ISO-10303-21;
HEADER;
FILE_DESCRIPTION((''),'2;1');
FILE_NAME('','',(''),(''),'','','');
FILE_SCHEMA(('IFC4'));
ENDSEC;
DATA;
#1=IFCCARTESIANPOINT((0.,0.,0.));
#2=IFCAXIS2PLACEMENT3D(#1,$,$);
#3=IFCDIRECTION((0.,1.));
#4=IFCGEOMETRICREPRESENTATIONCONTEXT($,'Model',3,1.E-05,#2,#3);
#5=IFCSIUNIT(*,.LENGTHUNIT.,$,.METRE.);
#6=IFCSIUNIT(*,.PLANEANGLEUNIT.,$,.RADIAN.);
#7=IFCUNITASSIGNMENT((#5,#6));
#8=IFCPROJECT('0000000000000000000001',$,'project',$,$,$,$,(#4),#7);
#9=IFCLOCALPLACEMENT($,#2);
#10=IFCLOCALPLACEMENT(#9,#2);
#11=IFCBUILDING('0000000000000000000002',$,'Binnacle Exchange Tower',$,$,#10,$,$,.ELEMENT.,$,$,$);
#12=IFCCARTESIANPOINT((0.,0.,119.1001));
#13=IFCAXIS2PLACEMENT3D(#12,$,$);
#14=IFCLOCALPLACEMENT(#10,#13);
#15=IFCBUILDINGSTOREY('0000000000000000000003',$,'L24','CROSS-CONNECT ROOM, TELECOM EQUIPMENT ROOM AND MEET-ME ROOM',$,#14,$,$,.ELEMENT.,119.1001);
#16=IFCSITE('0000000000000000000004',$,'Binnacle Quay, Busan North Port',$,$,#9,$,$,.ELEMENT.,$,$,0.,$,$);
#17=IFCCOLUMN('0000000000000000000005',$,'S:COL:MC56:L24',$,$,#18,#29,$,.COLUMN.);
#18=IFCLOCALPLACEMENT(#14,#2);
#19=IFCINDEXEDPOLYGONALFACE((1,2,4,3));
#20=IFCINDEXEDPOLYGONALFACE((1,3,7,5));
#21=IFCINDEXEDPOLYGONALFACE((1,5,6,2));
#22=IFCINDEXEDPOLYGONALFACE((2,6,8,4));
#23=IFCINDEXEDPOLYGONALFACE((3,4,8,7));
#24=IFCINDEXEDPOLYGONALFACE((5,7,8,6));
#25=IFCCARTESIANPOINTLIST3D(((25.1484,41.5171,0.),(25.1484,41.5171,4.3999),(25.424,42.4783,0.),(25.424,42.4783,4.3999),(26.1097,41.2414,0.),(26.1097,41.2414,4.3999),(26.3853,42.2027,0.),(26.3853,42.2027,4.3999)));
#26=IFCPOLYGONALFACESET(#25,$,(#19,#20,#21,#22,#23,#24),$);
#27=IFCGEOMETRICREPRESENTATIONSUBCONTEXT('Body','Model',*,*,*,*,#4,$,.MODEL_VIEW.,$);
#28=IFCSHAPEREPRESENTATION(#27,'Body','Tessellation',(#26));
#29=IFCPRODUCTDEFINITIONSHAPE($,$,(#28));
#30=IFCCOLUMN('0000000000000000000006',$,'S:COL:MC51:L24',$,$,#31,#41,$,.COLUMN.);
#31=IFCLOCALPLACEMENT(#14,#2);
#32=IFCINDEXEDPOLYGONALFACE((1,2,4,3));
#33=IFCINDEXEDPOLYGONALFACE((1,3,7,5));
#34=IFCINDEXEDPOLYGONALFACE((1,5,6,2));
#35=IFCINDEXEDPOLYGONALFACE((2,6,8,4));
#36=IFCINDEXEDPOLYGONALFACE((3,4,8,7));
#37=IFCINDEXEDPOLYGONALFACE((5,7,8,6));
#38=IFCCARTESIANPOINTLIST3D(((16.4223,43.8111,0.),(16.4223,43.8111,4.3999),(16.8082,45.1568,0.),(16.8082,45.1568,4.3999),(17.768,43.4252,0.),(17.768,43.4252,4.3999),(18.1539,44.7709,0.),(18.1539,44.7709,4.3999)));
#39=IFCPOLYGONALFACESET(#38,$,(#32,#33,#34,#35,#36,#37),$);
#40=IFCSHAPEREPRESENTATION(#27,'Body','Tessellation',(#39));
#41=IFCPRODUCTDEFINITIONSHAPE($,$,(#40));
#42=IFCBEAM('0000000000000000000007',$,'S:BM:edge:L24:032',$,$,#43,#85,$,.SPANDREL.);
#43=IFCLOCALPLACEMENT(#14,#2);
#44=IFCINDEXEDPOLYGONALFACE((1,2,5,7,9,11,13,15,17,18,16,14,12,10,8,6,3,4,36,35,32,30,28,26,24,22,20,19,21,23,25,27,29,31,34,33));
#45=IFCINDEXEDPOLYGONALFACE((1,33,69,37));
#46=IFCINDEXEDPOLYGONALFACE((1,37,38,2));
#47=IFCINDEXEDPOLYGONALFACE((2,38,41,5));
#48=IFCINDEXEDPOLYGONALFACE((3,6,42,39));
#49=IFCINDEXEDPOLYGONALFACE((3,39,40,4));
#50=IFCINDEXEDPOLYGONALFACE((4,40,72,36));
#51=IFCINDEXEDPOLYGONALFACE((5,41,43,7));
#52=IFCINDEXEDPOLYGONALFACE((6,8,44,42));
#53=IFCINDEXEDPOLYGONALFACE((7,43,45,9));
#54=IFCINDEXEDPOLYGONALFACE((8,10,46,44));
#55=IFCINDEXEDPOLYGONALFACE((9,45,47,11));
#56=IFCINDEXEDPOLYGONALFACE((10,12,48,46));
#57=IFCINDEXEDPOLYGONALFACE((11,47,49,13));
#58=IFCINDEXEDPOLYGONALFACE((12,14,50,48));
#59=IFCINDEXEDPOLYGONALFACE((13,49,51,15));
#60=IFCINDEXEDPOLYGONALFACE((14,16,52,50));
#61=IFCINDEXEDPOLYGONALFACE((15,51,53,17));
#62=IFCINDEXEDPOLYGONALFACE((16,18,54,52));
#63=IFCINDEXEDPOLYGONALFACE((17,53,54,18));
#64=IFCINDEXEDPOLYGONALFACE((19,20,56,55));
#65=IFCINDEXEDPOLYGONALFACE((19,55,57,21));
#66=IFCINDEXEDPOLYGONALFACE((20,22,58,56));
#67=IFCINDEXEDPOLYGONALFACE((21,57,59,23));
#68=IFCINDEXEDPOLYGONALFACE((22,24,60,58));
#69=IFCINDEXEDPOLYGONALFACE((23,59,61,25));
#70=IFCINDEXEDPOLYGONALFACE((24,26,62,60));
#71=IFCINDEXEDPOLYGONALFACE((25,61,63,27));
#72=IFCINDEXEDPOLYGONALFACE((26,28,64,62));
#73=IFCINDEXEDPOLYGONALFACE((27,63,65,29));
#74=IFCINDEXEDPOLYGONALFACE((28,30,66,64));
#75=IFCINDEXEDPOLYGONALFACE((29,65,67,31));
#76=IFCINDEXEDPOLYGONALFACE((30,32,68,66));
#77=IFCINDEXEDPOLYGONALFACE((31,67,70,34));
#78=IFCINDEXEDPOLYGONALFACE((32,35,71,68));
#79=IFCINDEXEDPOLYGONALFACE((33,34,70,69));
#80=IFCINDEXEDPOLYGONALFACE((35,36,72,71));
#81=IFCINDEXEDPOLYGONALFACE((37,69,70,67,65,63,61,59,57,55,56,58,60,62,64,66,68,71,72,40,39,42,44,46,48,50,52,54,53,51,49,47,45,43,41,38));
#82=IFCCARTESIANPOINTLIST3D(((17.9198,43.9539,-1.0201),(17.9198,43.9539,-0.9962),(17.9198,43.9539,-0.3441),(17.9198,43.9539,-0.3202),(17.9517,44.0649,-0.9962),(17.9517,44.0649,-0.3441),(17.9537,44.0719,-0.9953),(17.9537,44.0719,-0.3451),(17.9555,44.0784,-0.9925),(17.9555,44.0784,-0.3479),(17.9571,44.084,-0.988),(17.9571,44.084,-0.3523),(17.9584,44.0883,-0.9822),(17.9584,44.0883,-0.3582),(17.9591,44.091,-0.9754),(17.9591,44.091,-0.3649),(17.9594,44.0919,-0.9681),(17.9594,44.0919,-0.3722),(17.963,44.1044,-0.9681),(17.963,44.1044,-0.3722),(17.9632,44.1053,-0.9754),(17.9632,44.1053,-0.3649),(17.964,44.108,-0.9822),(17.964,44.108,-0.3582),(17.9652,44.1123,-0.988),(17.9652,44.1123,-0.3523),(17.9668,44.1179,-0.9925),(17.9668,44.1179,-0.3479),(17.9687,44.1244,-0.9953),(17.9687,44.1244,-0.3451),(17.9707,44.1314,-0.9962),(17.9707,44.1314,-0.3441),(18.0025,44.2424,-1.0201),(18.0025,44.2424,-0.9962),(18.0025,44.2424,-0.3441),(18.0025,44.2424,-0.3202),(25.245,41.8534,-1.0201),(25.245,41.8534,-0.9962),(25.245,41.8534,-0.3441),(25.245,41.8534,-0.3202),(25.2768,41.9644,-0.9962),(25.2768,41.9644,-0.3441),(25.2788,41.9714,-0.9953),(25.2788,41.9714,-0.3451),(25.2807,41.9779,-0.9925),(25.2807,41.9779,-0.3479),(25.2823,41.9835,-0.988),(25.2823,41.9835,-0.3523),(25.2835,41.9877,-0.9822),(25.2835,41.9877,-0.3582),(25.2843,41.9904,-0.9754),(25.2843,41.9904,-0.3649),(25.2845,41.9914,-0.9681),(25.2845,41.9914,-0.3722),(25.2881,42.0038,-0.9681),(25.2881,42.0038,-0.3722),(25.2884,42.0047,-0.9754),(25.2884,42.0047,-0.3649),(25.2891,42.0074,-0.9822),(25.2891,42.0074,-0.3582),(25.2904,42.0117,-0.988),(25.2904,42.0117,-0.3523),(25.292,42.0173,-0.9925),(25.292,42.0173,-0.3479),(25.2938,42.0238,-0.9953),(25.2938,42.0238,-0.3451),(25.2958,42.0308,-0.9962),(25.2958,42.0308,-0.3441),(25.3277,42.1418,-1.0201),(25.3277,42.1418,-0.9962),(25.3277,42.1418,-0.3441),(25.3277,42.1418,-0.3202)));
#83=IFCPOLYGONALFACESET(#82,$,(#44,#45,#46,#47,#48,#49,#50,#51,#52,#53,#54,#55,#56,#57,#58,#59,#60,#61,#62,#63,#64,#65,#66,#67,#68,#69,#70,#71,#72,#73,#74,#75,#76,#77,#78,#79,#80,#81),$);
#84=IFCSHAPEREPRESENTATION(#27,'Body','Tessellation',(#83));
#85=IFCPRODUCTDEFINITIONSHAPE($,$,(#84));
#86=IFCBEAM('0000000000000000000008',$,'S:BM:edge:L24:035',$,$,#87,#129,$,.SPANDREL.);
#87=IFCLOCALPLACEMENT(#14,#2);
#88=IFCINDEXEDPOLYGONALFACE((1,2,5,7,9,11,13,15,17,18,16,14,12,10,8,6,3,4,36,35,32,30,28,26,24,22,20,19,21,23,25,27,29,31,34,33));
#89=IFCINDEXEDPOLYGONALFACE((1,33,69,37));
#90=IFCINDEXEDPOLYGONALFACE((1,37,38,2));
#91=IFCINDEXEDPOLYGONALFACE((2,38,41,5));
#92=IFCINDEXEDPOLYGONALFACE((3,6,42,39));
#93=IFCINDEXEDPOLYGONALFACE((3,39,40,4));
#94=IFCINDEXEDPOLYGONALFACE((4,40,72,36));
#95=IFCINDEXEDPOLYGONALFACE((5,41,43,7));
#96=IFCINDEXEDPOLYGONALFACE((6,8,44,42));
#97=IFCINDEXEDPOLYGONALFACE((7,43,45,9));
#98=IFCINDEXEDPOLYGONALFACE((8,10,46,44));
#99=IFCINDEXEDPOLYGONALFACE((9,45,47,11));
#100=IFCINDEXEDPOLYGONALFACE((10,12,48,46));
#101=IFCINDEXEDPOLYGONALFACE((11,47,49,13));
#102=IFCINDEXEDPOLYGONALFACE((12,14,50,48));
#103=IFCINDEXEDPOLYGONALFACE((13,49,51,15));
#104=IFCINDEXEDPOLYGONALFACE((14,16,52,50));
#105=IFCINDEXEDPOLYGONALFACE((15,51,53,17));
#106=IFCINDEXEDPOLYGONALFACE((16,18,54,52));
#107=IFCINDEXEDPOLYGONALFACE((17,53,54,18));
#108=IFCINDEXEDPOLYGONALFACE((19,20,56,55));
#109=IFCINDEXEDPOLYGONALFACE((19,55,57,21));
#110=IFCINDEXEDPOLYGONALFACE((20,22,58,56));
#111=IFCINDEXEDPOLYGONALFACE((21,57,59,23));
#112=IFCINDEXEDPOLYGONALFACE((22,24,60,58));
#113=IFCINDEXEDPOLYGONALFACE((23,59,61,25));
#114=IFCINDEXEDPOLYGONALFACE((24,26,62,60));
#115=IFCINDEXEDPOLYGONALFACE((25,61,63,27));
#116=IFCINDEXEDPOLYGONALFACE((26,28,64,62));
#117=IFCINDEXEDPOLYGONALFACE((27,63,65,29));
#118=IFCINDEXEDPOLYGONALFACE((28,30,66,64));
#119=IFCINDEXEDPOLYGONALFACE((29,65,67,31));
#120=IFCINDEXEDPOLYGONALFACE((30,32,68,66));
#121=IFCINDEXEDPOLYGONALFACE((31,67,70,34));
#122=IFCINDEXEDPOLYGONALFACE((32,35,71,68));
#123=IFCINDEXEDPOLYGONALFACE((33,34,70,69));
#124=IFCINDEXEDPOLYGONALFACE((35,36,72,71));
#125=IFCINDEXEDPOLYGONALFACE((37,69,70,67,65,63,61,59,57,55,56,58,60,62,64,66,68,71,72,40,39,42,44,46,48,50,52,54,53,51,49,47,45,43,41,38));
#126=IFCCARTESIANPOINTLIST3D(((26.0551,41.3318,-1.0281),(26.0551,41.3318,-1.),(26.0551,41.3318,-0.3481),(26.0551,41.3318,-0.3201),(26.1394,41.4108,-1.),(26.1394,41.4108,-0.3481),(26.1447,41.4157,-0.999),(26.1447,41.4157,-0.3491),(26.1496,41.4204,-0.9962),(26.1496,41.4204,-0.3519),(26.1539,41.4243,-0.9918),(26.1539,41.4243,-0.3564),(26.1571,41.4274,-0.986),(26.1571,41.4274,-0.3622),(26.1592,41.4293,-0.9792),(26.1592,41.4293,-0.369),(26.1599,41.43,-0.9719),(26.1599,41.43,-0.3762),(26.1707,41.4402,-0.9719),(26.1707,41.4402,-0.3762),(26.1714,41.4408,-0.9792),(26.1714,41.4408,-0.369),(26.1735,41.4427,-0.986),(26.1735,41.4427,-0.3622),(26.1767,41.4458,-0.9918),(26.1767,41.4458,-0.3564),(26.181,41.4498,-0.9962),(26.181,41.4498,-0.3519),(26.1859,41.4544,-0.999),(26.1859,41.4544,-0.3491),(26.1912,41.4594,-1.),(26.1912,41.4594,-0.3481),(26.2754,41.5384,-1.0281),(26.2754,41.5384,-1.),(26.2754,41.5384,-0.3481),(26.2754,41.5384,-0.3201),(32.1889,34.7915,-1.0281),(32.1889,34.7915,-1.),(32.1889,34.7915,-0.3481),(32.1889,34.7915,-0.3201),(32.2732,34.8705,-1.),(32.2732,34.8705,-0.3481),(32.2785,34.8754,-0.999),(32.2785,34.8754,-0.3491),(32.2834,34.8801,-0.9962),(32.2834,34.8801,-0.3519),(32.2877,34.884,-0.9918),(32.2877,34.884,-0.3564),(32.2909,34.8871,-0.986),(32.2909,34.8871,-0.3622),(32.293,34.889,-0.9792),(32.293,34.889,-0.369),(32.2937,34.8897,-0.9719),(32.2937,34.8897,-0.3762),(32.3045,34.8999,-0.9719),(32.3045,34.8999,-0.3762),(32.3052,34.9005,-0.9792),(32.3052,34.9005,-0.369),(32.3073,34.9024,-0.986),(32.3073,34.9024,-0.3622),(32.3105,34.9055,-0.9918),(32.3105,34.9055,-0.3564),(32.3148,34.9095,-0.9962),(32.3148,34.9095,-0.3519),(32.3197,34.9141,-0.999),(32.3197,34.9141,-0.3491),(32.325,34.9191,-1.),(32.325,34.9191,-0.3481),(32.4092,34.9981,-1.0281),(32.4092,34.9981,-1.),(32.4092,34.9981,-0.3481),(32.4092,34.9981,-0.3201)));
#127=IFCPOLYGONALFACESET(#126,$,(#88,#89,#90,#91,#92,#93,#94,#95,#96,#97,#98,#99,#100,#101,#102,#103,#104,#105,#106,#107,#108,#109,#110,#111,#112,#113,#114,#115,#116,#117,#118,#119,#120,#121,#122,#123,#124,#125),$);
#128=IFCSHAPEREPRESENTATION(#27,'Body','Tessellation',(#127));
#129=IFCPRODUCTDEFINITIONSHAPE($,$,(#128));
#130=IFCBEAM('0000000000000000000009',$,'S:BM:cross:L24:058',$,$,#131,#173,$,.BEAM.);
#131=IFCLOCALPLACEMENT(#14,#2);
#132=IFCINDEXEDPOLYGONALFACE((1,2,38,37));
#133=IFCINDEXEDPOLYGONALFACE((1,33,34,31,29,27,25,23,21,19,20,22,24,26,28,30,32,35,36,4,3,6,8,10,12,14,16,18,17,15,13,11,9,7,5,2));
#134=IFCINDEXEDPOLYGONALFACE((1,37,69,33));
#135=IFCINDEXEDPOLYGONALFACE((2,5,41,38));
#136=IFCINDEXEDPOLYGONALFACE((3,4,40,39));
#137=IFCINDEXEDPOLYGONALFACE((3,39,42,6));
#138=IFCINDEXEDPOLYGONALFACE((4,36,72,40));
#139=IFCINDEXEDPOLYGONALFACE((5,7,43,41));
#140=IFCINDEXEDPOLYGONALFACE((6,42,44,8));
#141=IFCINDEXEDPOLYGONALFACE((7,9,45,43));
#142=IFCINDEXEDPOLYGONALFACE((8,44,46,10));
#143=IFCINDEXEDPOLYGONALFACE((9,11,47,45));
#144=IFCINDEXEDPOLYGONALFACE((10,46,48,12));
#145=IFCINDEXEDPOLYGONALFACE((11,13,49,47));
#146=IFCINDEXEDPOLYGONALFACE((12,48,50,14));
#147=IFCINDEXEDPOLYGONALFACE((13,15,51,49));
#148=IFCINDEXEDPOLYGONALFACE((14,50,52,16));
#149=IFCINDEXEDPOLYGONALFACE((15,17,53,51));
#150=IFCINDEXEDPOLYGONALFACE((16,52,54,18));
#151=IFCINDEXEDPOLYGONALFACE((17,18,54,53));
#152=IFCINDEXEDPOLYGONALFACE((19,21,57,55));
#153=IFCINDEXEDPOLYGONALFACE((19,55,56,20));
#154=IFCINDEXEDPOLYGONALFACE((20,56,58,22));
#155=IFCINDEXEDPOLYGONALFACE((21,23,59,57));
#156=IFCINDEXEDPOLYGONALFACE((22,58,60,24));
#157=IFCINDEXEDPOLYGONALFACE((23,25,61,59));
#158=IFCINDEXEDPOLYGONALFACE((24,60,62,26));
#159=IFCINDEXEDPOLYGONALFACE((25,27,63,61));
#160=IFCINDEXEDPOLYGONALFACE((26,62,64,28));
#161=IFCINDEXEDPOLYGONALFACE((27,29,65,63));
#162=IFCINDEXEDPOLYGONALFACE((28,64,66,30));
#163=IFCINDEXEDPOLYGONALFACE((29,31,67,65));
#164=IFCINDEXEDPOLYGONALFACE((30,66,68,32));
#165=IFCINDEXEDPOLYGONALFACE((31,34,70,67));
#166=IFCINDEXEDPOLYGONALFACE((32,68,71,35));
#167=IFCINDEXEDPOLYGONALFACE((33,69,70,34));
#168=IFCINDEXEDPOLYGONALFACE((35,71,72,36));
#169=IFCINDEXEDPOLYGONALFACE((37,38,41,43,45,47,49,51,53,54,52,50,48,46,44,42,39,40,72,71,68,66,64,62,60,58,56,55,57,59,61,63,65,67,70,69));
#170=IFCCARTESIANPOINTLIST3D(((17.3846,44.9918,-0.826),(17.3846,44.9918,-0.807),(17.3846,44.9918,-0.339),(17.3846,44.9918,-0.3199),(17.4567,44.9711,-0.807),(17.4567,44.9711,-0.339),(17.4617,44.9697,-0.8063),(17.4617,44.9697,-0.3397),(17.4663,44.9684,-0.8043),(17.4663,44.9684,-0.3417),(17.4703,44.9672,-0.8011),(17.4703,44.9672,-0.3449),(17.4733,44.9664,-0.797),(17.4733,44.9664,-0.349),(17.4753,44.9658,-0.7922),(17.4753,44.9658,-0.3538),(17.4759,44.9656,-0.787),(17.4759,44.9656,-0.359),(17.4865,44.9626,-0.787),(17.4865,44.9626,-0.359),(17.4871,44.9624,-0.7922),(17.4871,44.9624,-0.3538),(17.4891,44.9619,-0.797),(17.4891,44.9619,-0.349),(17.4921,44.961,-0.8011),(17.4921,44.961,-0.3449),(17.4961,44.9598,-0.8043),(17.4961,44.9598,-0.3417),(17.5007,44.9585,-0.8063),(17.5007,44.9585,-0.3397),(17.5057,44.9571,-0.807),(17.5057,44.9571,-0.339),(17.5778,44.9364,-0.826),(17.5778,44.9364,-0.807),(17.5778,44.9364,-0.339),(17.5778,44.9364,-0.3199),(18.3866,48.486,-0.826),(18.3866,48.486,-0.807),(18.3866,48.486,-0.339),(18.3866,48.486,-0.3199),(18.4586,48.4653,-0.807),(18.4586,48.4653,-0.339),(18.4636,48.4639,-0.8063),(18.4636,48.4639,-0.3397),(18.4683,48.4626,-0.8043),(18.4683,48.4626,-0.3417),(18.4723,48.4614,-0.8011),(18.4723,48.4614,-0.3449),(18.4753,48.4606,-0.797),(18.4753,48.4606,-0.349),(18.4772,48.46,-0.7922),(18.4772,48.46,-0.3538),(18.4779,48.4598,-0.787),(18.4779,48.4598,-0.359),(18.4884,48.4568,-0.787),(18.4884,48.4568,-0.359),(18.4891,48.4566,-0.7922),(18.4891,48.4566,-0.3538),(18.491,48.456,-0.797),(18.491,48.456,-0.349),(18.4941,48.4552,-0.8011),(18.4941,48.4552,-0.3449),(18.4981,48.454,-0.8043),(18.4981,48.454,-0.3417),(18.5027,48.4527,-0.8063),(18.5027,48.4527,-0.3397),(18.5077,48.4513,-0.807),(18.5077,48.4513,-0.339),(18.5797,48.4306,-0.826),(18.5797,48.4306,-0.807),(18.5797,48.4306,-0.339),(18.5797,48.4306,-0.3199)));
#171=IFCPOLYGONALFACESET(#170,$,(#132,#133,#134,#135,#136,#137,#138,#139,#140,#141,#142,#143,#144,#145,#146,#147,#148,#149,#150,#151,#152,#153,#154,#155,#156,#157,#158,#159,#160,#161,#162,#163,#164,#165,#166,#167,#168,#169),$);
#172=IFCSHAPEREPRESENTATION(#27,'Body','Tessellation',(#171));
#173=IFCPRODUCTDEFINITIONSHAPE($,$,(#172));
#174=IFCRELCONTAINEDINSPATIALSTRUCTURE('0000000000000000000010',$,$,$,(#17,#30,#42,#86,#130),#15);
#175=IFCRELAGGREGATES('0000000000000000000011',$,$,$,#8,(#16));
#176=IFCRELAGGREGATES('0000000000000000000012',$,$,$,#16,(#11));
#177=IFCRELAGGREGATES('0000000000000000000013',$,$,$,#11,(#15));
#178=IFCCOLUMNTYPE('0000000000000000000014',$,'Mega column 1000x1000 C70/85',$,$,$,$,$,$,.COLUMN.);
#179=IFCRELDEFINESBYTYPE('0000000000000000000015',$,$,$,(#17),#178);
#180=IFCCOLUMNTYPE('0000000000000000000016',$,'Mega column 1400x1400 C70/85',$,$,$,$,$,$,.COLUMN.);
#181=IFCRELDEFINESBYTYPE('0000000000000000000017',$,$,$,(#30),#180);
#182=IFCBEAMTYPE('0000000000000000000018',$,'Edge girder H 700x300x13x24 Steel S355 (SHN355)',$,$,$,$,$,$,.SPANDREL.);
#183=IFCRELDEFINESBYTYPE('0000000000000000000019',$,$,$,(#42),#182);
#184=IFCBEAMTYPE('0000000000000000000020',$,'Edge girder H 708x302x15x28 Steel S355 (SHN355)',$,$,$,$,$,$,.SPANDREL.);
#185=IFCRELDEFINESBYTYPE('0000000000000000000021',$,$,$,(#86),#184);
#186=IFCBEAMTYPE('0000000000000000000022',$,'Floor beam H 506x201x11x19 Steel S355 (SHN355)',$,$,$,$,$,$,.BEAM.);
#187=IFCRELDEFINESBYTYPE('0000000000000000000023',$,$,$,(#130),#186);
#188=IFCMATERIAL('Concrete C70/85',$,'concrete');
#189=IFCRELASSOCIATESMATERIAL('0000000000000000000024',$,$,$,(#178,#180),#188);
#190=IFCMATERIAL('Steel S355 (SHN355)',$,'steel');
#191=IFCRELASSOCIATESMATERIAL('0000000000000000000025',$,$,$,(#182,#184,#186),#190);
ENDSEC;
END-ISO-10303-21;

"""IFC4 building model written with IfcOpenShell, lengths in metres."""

from ifc_helpers import new_model, si_unit, direction, frame, origin, origin_2d, place, context, subcontext, project, spatial, rectangle, i_section, extrude, material, material_profile, profile_set, type_object, element, save


model = new_model("IFC4")

# Units and contexts
model_context = context("Model", 3, precision=1e-05, world=origin(), true_north=direction((0.0, 1.0)))
body_context = subcontext(model_context, "Body", "Model", "MODEL_VIEW")
ifc_project = project(units=[si_unit("LENGTHUNIT", "METRE"), si_unit("PLANEANGLEUNIT", "RADIAN")], contexts=[model_context])

# Site, building, storey
site_placement = place(None, origin())
site = spatial("IfcSite", under=ifc_project, at=site_placement, Name="Binnacle Quay, Busan North Port", CompositionType="ELEMENT", RefElevation=0.0)
building_placement = place(site_placement, origin())
building = spatial("IfcBuilding", under=site, at=building_placement, Name="Binnacle Exchange Tower", CompositionType="ELEMENT")
storey_placement = place(building_placement, frame((0.0, 0.0, 119.1001)))
storey = spatial("IfcBuildingStorey", under=building, at=storey_placement, Name="L24", Description="CROSS-CONNECT ROOM, TELECOM EQUIPMENT ROOM AND MEET-ME ROOM", CompositionType="ELEMENT", Elevation=119.1001)

# Columns
ifc_material_1 = material(Name="Concrete C70/85", Category="concrete")
ifc_material_profile_1 = material_profile(ifc_material_1, rectangle(XDim=1.0, YDim=1.0, at=origin_2d()), Name="Mega column 1000x1000 C70/85")
ifc_profile_set_1 = profile_set([ifc_material_profile_1], Name="Concrete C70/85")
column_type_1 = type_object("IfcColumnType", Name="Mega column 1000x1000 C70/85", PredefinedType="COLUMN", material=ifc_profile_set_1)
column_1_placement = place(storey_placement, frame((25.7668, 41.8599, 0.0), z_axis=(0.0, 0.0, 1.0), x_axis=(0.961262, -0.275637, 0.0)))
element("IfcColumn", 1, at=column_1_placement, inside=storey, type_object=column_type_1, Name="S:COL:MC56:L24", PredefinedType="COLUMN", context=body_context, shape_type="SweptSolid", body=[
    extrude(rectangle(XDim=1.0, YDim=1.0, at=origin_2d()), origin(), (0.0, 0.0, 1.0), 4.3999),
])
ifc_material_profile_2 = material_profile(ifc_material_1, rectangle(XDim=1.3999, YDim=1.3999, at=origin_2d()), Name="Mega column 1400x1400 C70/85")
ifc_profile_set_2 = profile_set([ifc_material_profile_2], Name="Concrete C70/85")
column_type_2 = type_object("IfcColumnType", Name="Mega column 1400x1400 C70/85", PredefinedType="COLUMN", material=ifc_profile_set_2)
column_2_placement = place(storey_placement, frame((17.2881, 44.291, 0.0), z_axis=(0.0, 0.0, 1.0), x_axis=(0.961262, -0.275637, 0.0)))
element("IfcColumn", 2, at=column_2_placement, inside=storey, type_object=column_type_2, Name="S:COL:MC51:L24", PredefinedType="COLUMN", context=body_context, shape_type="SweptSolid", body=[
    extrude(rectangle(XDim=1.3999, YDim=1.3999, at=origin_2d()), origin(), (0.0, 0.0, 1.0), 4.3999),
])

# Beams
ifc_material_2 = material(Name="Steel S355 (SHN355)", Category="steel")
ifc_material_profile_3 = material_profile(ifc_material_2, i_section(OverallWidth=0.3, OverallDepth=0.7, WebThickness=0.0129, FlangeThickness=0.0239, FilletRadius=0.0281, at=origin_2d()), Name="H 700x300x13x24")
ifc_profile_set_3 = profile_set([ifc_material_profile_3], Name="Steel S355 (SHN355)")
beam_type_1 = type_object("IfcBeamType", Name="Edge girder H 700x300x13x24 Steel S355 (SHN355)", PredefinedType="SPANDREL", material=ifc_profile_set_3)
beam_1_placement = place(storey_placement, frame((17.9612, 44.0981, -0.6702), z_axis=(0.961258, -0.275652, 0.0), x_axis=(0.275652, 0.961258, 0.0)))
element("IfcBeam", 3, at=beam_1_placement, inside=storey, type_object=beam_type_1, Name="S:BM:edge:L24:032", PredefinedType="SPANDREL", context=body_context, shape_type="SweptSolid", body=[
    extrude(i_section(OverallWidth=0.3, OverallDepth=0.7, WebThickness=0.0129, FlangeThickness=0.0239, FilletRadius=0.0281, at=origin_2d()), origin(), (0.0, 0.0, 1.0), 7.6204),
])
ifc_material_profile_4 = material_profile(ifc_material_2, i_section(OverallWidth=0.302, OverallDepth=0.708, WebThickness=0.0149, FlangeThickness=0.0281, FilletRadius=0.0281, at=origin_2d()), Name="H 708x302x15x28")
ifc_profile_set_4 = profile_set([ifc_material_profile_4], Name="Steel S355 (SHN355)")
beam_type_2 = type_object("IfcBeamType", Name="Edge girder H 708x302x15x28 Steel S355 (SHN355)", PredefinedType="SPANDREL", material=ifc_profile_set_4)
beam_2_placement = place(storey_placement, frame((26.1653, 41.4351, -0.6741), z_axis=(0.684076, -0.729411, 0.0), x_axis=(0.729411, 0.684076, 0.0)))
element("IfcBeam", 4, at=beam_2_placement, inside=storey, type_object=beam_type_2, Name="S:BM:edge:L24:035", PredefinedType="SPANDREL", context=body_context, shape_type="SweptSolid", body=[
    extrude(i_section(OverallWidth=0.302, OverallDepth=0.708, WebThickness=0.0149, FlangeThickness=0.0281, FilletRadius=0.0281, at=origin_2d()), origin(), (0.0, 0.0, 1.0), 8.9666),
])
ifc_material_profile_5 = material_profile(ifc_material_2, i_section(OverallWidth=0.2009, OverallDepth=0.5061, WebThickness=0.011, FlangeThickness=0.019, FilletRadius=0.02, at=origin_2d()), Name="H 506x201x11x19")
ifc_profile_set_5 = profile_set([ifc_material_profile_5], Name="Steel S355 (SHN355)")
beam_type_3 = type_object("IfcBeamType", Name="Floor beam H 506x201x11x19 Steel S355 (SHN355)", PredefinedType="BEAM", material=ifc_profile_set_5)
beam_3_placement = place(storey_placement, frame((17.4812, 44.9641, -0.573), z_axis=(0.275644, 0.96126, 0.0), x_axis=(-0.96126, 0.275644, 0.0)))
element("IfcBeam", 5, at=beam_3_placement, inside=storey, type_object=beam_type_3, Name="S:BM:cross:L24:058", PredefinedType="BEAM", context=body_context, shape_type="SweptSolid", body=[
    extrude(i_section(OverallWidth=0.2009, OverallDepth=0.5061, WebThickness=0.011, FlangeThickness=0.019, FilletRadius=0.02, at=origin_2d()), origin(), (0.0, 0.0, 1.0), 3.635),
])

save(model, "model.ifc")
